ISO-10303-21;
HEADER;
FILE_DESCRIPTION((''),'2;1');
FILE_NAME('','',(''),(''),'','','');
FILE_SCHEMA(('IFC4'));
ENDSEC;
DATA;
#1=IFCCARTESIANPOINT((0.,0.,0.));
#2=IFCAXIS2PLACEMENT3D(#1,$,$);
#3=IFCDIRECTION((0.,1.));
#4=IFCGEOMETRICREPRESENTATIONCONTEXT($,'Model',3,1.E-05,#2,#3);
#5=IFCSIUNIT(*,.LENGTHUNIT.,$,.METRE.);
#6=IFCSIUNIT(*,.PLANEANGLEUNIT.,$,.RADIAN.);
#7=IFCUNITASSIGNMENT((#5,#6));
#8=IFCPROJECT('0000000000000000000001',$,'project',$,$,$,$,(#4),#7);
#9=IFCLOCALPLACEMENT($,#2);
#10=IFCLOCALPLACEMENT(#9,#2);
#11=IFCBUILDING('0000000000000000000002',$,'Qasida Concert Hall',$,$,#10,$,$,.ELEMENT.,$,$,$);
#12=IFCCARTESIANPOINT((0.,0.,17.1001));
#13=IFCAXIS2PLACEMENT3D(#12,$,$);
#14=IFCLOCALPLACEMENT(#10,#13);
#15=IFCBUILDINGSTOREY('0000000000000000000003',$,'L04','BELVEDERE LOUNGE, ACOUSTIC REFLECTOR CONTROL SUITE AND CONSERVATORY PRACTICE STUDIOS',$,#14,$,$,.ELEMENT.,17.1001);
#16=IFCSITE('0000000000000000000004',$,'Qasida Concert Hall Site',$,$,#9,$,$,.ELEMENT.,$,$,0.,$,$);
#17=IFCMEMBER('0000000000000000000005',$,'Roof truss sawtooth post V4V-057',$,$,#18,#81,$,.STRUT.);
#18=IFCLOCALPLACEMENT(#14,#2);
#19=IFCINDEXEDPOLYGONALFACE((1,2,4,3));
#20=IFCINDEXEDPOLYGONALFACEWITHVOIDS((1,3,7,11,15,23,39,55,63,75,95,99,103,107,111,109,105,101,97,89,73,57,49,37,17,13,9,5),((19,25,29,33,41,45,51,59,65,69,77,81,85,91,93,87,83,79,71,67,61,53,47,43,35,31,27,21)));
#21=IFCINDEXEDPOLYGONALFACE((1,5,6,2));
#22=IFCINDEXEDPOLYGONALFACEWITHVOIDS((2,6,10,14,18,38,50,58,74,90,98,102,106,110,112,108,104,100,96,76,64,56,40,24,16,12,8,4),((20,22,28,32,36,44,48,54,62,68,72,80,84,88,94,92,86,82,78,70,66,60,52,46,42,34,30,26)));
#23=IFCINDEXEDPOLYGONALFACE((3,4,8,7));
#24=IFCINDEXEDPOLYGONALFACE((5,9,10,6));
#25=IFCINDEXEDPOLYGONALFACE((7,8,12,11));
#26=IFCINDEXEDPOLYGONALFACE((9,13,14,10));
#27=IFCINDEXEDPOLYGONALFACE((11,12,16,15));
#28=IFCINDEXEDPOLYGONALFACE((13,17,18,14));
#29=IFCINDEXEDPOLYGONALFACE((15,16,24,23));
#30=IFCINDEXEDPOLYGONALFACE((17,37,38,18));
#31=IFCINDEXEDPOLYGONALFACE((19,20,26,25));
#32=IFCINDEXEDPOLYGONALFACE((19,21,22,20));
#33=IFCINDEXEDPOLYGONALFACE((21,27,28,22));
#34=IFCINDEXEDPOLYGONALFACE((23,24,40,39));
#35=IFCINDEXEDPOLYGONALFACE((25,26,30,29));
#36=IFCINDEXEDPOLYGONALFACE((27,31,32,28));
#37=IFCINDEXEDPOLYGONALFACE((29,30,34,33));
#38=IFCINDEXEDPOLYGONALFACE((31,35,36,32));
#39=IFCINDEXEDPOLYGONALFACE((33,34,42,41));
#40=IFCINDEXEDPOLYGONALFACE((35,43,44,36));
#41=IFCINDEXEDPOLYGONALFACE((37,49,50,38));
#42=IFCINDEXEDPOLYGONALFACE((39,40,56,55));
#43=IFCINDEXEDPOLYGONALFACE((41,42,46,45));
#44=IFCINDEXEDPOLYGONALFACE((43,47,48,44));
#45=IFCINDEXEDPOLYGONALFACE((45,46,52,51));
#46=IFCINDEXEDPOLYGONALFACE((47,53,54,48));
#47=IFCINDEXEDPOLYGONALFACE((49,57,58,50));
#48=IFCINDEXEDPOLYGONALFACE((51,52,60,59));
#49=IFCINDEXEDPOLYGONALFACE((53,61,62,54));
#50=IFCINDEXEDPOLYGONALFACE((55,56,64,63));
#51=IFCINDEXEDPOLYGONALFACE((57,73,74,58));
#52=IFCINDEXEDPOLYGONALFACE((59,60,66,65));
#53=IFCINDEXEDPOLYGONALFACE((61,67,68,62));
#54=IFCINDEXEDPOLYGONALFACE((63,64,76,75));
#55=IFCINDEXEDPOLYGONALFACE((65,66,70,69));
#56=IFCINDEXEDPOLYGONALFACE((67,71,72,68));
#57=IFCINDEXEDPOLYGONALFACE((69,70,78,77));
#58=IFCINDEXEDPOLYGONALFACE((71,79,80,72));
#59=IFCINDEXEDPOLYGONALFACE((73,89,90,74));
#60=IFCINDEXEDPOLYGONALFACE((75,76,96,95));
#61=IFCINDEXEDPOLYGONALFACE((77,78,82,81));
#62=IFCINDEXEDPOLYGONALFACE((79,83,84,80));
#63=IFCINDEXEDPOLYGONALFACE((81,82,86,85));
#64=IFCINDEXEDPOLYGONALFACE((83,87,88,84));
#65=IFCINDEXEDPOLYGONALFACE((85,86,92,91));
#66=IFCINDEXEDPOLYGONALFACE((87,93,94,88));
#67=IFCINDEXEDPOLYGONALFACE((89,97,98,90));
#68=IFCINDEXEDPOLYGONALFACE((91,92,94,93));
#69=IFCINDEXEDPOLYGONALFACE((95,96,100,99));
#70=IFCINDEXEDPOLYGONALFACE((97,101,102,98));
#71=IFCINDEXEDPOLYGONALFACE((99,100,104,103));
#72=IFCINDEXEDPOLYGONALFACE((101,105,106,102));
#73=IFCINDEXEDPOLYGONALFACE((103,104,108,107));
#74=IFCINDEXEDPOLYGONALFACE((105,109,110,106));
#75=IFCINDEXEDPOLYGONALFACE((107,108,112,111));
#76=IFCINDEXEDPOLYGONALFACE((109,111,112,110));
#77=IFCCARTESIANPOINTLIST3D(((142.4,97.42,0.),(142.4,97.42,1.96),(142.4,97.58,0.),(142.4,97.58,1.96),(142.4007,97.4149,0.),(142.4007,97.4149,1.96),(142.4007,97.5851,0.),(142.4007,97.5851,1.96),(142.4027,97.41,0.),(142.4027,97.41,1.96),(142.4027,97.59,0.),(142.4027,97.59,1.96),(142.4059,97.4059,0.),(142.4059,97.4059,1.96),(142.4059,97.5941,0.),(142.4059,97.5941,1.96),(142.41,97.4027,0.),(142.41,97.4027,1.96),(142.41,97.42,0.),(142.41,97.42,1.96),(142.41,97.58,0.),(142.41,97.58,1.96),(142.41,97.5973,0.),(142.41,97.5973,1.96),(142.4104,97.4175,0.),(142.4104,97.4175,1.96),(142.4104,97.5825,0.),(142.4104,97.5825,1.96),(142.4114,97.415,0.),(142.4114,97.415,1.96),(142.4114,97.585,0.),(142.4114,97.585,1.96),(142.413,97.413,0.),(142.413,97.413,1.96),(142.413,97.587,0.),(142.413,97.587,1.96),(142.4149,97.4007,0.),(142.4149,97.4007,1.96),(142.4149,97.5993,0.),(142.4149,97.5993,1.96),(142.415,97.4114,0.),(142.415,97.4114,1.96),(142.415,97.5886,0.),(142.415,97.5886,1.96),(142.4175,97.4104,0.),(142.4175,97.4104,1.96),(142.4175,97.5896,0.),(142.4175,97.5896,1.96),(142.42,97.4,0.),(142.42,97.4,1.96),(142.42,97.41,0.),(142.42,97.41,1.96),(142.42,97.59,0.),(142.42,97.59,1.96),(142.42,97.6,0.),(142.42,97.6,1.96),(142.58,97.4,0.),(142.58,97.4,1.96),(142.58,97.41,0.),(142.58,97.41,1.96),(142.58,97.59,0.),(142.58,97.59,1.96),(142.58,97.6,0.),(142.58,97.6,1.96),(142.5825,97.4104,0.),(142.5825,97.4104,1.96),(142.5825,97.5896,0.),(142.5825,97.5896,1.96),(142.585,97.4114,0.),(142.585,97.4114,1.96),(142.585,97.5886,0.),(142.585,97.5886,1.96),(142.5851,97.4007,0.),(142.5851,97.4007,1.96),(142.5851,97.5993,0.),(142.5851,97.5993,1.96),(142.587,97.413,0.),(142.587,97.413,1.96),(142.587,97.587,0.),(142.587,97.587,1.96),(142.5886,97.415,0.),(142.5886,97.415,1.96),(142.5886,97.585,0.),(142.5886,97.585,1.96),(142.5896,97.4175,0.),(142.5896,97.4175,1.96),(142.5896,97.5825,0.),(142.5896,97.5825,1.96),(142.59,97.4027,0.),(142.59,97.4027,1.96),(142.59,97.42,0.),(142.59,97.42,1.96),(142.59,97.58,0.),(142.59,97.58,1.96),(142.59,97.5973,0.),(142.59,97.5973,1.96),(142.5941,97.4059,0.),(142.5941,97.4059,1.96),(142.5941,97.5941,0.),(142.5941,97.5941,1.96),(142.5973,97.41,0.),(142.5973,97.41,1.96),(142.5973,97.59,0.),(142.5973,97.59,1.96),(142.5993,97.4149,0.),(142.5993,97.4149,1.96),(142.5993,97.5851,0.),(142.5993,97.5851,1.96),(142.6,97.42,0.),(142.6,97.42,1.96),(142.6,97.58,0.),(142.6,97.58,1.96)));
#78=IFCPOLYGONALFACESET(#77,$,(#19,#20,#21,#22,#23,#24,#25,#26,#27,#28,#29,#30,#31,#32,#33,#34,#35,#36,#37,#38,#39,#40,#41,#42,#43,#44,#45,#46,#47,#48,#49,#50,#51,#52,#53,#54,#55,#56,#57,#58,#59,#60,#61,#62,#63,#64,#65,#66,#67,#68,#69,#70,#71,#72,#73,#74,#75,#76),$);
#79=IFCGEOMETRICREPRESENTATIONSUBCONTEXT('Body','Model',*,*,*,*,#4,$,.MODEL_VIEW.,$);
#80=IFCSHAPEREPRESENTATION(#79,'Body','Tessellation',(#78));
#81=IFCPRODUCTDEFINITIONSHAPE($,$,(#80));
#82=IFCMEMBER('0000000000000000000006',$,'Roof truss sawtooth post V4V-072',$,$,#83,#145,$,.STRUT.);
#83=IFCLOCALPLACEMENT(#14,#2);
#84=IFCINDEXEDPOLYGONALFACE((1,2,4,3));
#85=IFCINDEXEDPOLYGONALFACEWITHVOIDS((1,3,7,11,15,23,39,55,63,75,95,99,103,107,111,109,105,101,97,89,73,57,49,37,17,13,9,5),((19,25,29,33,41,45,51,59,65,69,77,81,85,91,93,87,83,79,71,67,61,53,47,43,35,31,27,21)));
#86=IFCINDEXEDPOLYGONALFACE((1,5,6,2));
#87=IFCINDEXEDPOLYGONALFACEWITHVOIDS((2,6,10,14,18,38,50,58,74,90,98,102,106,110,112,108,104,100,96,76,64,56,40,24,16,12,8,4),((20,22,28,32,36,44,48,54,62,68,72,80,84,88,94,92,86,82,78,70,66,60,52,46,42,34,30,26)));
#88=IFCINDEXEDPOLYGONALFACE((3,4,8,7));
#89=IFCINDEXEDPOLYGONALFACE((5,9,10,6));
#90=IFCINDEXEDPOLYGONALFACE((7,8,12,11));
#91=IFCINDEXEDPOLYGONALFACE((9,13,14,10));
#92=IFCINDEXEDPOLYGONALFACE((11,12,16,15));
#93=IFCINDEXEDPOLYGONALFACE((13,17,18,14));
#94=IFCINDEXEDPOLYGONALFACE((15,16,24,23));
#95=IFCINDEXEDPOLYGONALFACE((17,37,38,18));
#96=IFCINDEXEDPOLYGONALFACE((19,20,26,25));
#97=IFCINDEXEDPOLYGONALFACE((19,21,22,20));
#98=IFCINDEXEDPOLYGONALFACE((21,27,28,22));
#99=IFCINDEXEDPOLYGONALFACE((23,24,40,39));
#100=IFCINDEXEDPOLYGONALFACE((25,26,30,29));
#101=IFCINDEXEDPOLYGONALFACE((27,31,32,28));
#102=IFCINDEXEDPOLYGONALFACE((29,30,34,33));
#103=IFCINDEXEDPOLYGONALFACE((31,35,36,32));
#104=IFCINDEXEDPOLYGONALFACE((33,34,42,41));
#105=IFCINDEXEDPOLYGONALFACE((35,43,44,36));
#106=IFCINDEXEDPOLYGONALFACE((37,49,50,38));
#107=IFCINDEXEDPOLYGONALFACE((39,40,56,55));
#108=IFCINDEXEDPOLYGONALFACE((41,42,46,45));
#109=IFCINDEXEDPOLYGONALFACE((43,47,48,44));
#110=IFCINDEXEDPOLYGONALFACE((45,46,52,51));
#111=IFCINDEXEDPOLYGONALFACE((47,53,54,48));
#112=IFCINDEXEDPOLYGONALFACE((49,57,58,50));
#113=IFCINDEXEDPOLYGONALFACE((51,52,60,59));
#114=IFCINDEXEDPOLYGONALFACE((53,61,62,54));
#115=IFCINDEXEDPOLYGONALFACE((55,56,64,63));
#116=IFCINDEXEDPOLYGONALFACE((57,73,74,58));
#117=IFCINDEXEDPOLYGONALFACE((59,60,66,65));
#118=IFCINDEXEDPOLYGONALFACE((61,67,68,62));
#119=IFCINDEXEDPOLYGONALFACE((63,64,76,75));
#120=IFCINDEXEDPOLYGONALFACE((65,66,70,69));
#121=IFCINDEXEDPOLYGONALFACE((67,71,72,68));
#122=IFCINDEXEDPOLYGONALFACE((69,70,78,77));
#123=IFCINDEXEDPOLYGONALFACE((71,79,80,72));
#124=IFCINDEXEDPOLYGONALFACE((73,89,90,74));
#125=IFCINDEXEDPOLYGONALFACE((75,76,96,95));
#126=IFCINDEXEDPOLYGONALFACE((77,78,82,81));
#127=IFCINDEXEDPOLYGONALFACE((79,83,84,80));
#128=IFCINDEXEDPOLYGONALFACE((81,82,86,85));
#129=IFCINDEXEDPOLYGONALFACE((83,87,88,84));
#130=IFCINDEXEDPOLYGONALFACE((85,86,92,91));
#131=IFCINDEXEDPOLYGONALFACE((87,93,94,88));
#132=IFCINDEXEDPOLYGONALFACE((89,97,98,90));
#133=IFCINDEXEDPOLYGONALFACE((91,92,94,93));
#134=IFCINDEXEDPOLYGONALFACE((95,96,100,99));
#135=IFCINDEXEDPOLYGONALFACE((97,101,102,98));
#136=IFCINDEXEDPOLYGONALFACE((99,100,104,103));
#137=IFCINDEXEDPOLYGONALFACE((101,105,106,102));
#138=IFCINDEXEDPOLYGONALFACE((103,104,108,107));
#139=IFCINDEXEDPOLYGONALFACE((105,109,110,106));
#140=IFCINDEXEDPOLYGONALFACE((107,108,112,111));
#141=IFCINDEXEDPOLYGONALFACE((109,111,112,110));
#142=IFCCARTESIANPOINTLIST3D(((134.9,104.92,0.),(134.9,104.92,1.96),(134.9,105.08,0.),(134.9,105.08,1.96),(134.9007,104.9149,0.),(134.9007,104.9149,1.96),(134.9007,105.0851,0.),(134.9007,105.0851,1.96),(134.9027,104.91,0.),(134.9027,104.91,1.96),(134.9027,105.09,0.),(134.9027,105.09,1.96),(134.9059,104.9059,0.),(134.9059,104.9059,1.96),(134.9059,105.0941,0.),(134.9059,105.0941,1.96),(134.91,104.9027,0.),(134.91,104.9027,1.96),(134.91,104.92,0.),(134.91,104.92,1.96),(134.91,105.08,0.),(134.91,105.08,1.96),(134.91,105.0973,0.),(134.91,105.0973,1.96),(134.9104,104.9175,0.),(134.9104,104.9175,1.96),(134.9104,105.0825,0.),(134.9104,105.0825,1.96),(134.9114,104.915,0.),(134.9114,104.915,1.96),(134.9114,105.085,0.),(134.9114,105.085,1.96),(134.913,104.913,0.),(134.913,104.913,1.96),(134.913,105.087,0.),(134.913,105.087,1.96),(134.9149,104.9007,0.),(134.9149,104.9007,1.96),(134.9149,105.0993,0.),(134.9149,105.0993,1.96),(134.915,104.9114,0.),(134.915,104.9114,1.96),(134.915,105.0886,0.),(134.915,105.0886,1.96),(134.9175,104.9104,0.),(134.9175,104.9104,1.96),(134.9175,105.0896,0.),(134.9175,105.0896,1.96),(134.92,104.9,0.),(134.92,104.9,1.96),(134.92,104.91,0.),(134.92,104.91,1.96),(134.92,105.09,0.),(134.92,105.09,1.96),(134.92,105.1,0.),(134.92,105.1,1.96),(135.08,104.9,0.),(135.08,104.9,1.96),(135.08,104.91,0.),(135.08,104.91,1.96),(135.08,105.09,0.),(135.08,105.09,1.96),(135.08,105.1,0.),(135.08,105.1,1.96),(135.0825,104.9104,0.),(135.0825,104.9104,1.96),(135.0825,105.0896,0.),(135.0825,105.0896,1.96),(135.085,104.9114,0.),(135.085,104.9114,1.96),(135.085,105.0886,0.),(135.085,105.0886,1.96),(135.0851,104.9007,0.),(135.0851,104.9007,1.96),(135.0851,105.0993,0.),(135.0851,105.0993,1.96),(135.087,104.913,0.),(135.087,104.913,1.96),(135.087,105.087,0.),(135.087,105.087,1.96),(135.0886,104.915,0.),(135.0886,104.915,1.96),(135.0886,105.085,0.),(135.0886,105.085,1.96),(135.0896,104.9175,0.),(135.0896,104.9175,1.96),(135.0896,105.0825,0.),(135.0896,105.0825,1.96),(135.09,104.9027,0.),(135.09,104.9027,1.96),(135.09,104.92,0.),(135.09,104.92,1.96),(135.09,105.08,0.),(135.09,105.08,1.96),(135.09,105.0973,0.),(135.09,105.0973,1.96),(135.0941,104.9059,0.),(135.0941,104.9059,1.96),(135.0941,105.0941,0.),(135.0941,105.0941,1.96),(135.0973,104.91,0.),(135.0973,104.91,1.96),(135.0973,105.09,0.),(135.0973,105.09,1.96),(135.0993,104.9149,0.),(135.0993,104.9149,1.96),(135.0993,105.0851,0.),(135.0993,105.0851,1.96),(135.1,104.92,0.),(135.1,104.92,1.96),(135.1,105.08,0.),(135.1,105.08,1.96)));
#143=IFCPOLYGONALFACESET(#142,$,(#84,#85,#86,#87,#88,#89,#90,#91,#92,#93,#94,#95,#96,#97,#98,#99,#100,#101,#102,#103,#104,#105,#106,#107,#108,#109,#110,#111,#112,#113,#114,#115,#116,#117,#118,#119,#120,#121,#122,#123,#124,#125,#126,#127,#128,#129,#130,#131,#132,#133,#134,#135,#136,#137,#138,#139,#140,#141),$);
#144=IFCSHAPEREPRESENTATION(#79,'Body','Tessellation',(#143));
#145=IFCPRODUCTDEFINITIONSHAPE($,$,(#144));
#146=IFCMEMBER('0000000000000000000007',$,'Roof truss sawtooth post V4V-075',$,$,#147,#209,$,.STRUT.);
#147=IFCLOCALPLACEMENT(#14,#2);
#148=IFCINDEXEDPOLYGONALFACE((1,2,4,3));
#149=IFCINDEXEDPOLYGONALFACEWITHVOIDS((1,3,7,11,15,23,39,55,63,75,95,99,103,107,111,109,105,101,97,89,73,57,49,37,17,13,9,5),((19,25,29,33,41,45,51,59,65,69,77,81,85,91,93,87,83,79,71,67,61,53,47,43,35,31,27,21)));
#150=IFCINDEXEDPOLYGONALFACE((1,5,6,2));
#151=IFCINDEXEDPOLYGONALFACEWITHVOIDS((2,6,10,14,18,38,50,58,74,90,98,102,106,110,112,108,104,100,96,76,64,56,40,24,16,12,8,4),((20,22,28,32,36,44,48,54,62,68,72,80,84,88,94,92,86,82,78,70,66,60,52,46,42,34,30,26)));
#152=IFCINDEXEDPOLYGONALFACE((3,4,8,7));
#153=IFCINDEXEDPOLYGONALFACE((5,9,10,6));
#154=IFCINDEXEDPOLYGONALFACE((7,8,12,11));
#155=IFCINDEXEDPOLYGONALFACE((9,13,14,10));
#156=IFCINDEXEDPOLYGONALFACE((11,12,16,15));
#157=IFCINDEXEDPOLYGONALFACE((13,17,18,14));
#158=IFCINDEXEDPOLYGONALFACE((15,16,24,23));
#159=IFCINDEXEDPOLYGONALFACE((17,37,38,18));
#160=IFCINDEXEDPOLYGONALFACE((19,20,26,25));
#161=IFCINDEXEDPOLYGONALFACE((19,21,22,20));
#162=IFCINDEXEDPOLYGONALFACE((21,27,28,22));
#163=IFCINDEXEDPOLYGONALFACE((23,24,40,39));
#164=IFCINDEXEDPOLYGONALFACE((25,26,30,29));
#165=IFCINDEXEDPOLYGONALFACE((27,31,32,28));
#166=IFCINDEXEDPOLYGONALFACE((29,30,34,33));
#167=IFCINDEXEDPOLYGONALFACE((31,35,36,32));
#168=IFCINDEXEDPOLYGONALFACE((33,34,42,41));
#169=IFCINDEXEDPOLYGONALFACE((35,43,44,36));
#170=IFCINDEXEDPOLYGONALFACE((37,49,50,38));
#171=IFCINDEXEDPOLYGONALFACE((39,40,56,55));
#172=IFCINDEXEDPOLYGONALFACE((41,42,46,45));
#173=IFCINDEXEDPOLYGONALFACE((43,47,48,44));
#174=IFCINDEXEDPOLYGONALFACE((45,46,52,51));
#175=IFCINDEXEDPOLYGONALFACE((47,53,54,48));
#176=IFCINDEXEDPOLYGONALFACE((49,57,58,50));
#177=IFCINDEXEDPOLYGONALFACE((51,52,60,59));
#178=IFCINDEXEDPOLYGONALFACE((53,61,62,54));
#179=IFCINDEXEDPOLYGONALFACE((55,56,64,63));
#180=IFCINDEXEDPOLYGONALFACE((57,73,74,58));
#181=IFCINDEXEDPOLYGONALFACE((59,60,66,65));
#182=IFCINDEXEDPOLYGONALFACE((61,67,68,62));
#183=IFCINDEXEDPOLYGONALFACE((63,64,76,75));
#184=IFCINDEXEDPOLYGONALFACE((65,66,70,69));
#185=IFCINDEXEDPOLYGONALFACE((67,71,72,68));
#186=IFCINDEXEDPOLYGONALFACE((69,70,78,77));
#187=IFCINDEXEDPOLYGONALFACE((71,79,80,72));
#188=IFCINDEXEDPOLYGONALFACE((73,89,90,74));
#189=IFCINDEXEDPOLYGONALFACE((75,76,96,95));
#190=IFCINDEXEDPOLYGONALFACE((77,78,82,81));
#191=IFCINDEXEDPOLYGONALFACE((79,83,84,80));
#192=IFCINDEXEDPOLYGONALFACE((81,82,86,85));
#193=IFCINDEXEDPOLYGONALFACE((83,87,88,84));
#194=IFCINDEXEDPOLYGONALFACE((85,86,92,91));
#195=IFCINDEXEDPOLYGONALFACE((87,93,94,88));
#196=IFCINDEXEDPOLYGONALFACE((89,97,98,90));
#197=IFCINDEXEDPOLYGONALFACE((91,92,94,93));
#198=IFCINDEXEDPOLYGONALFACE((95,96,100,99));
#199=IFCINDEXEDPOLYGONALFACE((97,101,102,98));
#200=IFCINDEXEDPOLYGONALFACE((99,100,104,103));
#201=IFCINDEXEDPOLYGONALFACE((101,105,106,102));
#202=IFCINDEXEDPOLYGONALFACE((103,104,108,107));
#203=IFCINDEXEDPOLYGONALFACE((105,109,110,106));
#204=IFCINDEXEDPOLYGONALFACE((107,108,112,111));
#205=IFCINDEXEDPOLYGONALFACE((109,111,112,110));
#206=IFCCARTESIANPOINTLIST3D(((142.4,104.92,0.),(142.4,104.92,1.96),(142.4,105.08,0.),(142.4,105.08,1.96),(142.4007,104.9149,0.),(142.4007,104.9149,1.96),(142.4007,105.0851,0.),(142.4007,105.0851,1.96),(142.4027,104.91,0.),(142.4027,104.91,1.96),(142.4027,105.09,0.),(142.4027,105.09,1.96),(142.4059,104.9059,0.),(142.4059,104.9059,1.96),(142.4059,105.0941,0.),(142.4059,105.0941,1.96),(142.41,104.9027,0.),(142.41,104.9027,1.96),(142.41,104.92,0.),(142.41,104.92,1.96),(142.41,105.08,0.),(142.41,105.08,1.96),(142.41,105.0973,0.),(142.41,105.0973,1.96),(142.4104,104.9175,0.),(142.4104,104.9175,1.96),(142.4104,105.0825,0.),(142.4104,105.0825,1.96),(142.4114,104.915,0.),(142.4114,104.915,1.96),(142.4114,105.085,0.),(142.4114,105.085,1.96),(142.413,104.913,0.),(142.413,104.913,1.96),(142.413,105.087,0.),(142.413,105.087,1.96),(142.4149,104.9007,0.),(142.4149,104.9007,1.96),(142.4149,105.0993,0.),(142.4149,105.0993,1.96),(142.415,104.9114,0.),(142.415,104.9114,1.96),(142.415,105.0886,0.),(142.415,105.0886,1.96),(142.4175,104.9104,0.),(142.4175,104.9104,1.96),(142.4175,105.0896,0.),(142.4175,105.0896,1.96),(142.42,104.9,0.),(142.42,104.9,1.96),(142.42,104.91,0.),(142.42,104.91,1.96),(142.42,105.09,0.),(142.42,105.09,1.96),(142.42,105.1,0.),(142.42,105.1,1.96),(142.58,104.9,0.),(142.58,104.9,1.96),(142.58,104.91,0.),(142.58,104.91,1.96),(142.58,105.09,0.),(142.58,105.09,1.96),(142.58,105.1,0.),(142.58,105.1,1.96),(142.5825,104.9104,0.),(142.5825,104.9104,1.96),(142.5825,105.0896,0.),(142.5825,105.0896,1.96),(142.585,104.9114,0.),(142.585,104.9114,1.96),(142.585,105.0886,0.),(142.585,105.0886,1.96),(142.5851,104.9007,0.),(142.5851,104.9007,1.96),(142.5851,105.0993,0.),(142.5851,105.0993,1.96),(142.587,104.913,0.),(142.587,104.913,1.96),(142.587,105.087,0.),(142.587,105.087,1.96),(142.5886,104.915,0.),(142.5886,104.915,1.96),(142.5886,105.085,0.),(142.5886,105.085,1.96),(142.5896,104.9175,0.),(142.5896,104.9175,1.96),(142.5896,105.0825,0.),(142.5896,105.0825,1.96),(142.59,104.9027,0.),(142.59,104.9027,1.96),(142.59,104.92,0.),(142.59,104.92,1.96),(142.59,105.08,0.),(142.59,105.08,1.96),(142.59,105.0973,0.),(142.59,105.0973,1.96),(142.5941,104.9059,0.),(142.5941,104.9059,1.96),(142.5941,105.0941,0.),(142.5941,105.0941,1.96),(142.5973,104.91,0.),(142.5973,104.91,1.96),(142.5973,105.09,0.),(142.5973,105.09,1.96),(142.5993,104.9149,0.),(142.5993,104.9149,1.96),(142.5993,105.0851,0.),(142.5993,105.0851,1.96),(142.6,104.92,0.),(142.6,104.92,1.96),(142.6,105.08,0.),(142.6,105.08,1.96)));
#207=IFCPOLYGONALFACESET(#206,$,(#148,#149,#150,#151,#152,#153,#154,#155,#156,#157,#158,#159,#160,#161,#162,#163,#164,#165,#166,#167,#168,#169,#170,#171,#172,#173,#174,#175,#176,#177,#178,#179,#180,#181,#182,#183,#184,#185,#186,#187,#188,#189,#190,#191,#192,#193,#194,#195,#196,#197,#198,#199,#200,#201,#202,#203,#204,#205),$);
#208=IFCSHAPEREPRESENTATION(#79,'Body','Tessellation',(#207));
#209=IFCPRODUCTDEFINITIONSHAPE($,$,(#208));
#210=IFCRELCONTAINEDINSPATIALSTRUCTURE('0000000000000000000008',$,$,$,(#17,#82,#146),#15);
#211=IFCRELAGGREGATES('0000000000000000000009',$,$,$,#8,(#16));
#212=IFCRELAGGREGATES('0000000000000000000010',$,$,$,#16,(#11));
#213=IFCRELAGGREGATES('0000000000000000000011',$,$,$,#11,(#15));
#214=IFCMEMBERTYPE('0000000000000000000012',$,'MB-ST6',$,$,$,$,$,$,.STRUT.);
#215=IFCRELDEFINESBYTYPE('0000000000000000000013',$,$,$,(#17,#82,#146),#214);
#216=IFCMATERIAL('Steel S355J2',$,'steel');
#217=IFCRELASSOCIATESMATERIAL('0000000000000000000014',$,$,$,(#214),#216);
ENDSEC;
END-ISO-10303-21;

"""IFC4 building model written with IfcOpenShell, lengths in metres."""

from ifc_helpers import new_model, si_unit, direction, frame, origin, origin_2d, place, context, subcontext, project, spatial, hollow_rectangle, extrude, material, material_profile, profile_set, type_object, element, save


model = new_model("IFC4")

# Units and contexts
model_context = context("Model", 3, precision=1e-05, world=origin(), true_north=direction((0.0, 1.0)))
body_context = subcontext(model_context, "Body", "Model", "MODEL_VIEW")
ifc_project = project(units=[si_unit("LENGTHUNIT", "METRE"), si_unit("PLANEANGLEUNIT", "RADIAN")], contexts=[model_context])

# Site, building, storey
site_placement = place(None, origin())
site = spatial("IfcSite", under=ifc_project, at=site_placement, Name="Qasida Concert Hall Site", CompositionType="ELEMENT", RefElevation=0.0)
building_placement = place(site_placement, origin())
building = spatial("IfcBuilding", under=site, at=building_placement, Name="Qasida Concert Hall", CompositionType="ELEMENT")
storey_placement = place(building_placement, frame((0.0, 0.0, 17.1001)))
storey = spatial("IfcBuildingStorey", under=building, at=storey_placement, Name="L04", Description="BELVEDERE LOUNGE, ACOUSTIC REFLECTOR CONTROL SUITE AND CONSERVATORY PRACTICE STUDIOS", CompositionType="ELEMENT", Elevation=17.1001)

# Members
ifc_material = material(Name="Steel S355J2", Category="steel")
ifc_material_profile_1 = material_profile(ifc_material, hollow_rectangle(XDim=0.2, YDim=0.2, WallThickness=0.01, InnerFilletRadius=0.01, OuterFilletRadius=0.02, at=origin_2d()), Name="SHS 200x200x10")
ifc_profile_set_1 = profile_set([ifc_material_profile_1], Name="Steel S355J2")
member_type_1 = type_object("IfcMemberType", Name="MB-ST6", PredefinedType="STRUT", material=ifc_profile_set_1)
for number, where, z_axis, x_axis, name in (
    (1, (142.5, 97.5, 0.0), (0.0, 0.0, 1.0), (1.0, 0.0, 0.0), "Roof truss sawtooth post V4V-057"),
    (2, (135.0, 105.0, 0.0), (0.0, 0.0, 1.0), (1.0, 0.0, 0.0), "Roof truss sawtooth post V4V-072"),
    (3, (142.5, 105.0, 0.0), (0.0, 0.0, 1.0), (1.0, 0.0, 0.0), "Roof truss sawtooth post V4V-075"),
):
    element("IfcMember", number, at=place(storey_placement, frame(where, z_axis=z_axis, x_axis=x_axis)), inside=storey, type_object=member_type_1, Name=name, PredefinedType="STRUT", context=body_context, shape_type="SweptSolid", body=[
        extrude(hollow_rectangle(XDim=0.2, YDim=0.2, WallThickness=0.01, InnerFilletRadius=0.01, OuterFilletRadius=0.02, at=origin_2d()), origin(), (0.0, 0.0, 1.0), 1.96),
    ])

save(model, "model.ifc")
